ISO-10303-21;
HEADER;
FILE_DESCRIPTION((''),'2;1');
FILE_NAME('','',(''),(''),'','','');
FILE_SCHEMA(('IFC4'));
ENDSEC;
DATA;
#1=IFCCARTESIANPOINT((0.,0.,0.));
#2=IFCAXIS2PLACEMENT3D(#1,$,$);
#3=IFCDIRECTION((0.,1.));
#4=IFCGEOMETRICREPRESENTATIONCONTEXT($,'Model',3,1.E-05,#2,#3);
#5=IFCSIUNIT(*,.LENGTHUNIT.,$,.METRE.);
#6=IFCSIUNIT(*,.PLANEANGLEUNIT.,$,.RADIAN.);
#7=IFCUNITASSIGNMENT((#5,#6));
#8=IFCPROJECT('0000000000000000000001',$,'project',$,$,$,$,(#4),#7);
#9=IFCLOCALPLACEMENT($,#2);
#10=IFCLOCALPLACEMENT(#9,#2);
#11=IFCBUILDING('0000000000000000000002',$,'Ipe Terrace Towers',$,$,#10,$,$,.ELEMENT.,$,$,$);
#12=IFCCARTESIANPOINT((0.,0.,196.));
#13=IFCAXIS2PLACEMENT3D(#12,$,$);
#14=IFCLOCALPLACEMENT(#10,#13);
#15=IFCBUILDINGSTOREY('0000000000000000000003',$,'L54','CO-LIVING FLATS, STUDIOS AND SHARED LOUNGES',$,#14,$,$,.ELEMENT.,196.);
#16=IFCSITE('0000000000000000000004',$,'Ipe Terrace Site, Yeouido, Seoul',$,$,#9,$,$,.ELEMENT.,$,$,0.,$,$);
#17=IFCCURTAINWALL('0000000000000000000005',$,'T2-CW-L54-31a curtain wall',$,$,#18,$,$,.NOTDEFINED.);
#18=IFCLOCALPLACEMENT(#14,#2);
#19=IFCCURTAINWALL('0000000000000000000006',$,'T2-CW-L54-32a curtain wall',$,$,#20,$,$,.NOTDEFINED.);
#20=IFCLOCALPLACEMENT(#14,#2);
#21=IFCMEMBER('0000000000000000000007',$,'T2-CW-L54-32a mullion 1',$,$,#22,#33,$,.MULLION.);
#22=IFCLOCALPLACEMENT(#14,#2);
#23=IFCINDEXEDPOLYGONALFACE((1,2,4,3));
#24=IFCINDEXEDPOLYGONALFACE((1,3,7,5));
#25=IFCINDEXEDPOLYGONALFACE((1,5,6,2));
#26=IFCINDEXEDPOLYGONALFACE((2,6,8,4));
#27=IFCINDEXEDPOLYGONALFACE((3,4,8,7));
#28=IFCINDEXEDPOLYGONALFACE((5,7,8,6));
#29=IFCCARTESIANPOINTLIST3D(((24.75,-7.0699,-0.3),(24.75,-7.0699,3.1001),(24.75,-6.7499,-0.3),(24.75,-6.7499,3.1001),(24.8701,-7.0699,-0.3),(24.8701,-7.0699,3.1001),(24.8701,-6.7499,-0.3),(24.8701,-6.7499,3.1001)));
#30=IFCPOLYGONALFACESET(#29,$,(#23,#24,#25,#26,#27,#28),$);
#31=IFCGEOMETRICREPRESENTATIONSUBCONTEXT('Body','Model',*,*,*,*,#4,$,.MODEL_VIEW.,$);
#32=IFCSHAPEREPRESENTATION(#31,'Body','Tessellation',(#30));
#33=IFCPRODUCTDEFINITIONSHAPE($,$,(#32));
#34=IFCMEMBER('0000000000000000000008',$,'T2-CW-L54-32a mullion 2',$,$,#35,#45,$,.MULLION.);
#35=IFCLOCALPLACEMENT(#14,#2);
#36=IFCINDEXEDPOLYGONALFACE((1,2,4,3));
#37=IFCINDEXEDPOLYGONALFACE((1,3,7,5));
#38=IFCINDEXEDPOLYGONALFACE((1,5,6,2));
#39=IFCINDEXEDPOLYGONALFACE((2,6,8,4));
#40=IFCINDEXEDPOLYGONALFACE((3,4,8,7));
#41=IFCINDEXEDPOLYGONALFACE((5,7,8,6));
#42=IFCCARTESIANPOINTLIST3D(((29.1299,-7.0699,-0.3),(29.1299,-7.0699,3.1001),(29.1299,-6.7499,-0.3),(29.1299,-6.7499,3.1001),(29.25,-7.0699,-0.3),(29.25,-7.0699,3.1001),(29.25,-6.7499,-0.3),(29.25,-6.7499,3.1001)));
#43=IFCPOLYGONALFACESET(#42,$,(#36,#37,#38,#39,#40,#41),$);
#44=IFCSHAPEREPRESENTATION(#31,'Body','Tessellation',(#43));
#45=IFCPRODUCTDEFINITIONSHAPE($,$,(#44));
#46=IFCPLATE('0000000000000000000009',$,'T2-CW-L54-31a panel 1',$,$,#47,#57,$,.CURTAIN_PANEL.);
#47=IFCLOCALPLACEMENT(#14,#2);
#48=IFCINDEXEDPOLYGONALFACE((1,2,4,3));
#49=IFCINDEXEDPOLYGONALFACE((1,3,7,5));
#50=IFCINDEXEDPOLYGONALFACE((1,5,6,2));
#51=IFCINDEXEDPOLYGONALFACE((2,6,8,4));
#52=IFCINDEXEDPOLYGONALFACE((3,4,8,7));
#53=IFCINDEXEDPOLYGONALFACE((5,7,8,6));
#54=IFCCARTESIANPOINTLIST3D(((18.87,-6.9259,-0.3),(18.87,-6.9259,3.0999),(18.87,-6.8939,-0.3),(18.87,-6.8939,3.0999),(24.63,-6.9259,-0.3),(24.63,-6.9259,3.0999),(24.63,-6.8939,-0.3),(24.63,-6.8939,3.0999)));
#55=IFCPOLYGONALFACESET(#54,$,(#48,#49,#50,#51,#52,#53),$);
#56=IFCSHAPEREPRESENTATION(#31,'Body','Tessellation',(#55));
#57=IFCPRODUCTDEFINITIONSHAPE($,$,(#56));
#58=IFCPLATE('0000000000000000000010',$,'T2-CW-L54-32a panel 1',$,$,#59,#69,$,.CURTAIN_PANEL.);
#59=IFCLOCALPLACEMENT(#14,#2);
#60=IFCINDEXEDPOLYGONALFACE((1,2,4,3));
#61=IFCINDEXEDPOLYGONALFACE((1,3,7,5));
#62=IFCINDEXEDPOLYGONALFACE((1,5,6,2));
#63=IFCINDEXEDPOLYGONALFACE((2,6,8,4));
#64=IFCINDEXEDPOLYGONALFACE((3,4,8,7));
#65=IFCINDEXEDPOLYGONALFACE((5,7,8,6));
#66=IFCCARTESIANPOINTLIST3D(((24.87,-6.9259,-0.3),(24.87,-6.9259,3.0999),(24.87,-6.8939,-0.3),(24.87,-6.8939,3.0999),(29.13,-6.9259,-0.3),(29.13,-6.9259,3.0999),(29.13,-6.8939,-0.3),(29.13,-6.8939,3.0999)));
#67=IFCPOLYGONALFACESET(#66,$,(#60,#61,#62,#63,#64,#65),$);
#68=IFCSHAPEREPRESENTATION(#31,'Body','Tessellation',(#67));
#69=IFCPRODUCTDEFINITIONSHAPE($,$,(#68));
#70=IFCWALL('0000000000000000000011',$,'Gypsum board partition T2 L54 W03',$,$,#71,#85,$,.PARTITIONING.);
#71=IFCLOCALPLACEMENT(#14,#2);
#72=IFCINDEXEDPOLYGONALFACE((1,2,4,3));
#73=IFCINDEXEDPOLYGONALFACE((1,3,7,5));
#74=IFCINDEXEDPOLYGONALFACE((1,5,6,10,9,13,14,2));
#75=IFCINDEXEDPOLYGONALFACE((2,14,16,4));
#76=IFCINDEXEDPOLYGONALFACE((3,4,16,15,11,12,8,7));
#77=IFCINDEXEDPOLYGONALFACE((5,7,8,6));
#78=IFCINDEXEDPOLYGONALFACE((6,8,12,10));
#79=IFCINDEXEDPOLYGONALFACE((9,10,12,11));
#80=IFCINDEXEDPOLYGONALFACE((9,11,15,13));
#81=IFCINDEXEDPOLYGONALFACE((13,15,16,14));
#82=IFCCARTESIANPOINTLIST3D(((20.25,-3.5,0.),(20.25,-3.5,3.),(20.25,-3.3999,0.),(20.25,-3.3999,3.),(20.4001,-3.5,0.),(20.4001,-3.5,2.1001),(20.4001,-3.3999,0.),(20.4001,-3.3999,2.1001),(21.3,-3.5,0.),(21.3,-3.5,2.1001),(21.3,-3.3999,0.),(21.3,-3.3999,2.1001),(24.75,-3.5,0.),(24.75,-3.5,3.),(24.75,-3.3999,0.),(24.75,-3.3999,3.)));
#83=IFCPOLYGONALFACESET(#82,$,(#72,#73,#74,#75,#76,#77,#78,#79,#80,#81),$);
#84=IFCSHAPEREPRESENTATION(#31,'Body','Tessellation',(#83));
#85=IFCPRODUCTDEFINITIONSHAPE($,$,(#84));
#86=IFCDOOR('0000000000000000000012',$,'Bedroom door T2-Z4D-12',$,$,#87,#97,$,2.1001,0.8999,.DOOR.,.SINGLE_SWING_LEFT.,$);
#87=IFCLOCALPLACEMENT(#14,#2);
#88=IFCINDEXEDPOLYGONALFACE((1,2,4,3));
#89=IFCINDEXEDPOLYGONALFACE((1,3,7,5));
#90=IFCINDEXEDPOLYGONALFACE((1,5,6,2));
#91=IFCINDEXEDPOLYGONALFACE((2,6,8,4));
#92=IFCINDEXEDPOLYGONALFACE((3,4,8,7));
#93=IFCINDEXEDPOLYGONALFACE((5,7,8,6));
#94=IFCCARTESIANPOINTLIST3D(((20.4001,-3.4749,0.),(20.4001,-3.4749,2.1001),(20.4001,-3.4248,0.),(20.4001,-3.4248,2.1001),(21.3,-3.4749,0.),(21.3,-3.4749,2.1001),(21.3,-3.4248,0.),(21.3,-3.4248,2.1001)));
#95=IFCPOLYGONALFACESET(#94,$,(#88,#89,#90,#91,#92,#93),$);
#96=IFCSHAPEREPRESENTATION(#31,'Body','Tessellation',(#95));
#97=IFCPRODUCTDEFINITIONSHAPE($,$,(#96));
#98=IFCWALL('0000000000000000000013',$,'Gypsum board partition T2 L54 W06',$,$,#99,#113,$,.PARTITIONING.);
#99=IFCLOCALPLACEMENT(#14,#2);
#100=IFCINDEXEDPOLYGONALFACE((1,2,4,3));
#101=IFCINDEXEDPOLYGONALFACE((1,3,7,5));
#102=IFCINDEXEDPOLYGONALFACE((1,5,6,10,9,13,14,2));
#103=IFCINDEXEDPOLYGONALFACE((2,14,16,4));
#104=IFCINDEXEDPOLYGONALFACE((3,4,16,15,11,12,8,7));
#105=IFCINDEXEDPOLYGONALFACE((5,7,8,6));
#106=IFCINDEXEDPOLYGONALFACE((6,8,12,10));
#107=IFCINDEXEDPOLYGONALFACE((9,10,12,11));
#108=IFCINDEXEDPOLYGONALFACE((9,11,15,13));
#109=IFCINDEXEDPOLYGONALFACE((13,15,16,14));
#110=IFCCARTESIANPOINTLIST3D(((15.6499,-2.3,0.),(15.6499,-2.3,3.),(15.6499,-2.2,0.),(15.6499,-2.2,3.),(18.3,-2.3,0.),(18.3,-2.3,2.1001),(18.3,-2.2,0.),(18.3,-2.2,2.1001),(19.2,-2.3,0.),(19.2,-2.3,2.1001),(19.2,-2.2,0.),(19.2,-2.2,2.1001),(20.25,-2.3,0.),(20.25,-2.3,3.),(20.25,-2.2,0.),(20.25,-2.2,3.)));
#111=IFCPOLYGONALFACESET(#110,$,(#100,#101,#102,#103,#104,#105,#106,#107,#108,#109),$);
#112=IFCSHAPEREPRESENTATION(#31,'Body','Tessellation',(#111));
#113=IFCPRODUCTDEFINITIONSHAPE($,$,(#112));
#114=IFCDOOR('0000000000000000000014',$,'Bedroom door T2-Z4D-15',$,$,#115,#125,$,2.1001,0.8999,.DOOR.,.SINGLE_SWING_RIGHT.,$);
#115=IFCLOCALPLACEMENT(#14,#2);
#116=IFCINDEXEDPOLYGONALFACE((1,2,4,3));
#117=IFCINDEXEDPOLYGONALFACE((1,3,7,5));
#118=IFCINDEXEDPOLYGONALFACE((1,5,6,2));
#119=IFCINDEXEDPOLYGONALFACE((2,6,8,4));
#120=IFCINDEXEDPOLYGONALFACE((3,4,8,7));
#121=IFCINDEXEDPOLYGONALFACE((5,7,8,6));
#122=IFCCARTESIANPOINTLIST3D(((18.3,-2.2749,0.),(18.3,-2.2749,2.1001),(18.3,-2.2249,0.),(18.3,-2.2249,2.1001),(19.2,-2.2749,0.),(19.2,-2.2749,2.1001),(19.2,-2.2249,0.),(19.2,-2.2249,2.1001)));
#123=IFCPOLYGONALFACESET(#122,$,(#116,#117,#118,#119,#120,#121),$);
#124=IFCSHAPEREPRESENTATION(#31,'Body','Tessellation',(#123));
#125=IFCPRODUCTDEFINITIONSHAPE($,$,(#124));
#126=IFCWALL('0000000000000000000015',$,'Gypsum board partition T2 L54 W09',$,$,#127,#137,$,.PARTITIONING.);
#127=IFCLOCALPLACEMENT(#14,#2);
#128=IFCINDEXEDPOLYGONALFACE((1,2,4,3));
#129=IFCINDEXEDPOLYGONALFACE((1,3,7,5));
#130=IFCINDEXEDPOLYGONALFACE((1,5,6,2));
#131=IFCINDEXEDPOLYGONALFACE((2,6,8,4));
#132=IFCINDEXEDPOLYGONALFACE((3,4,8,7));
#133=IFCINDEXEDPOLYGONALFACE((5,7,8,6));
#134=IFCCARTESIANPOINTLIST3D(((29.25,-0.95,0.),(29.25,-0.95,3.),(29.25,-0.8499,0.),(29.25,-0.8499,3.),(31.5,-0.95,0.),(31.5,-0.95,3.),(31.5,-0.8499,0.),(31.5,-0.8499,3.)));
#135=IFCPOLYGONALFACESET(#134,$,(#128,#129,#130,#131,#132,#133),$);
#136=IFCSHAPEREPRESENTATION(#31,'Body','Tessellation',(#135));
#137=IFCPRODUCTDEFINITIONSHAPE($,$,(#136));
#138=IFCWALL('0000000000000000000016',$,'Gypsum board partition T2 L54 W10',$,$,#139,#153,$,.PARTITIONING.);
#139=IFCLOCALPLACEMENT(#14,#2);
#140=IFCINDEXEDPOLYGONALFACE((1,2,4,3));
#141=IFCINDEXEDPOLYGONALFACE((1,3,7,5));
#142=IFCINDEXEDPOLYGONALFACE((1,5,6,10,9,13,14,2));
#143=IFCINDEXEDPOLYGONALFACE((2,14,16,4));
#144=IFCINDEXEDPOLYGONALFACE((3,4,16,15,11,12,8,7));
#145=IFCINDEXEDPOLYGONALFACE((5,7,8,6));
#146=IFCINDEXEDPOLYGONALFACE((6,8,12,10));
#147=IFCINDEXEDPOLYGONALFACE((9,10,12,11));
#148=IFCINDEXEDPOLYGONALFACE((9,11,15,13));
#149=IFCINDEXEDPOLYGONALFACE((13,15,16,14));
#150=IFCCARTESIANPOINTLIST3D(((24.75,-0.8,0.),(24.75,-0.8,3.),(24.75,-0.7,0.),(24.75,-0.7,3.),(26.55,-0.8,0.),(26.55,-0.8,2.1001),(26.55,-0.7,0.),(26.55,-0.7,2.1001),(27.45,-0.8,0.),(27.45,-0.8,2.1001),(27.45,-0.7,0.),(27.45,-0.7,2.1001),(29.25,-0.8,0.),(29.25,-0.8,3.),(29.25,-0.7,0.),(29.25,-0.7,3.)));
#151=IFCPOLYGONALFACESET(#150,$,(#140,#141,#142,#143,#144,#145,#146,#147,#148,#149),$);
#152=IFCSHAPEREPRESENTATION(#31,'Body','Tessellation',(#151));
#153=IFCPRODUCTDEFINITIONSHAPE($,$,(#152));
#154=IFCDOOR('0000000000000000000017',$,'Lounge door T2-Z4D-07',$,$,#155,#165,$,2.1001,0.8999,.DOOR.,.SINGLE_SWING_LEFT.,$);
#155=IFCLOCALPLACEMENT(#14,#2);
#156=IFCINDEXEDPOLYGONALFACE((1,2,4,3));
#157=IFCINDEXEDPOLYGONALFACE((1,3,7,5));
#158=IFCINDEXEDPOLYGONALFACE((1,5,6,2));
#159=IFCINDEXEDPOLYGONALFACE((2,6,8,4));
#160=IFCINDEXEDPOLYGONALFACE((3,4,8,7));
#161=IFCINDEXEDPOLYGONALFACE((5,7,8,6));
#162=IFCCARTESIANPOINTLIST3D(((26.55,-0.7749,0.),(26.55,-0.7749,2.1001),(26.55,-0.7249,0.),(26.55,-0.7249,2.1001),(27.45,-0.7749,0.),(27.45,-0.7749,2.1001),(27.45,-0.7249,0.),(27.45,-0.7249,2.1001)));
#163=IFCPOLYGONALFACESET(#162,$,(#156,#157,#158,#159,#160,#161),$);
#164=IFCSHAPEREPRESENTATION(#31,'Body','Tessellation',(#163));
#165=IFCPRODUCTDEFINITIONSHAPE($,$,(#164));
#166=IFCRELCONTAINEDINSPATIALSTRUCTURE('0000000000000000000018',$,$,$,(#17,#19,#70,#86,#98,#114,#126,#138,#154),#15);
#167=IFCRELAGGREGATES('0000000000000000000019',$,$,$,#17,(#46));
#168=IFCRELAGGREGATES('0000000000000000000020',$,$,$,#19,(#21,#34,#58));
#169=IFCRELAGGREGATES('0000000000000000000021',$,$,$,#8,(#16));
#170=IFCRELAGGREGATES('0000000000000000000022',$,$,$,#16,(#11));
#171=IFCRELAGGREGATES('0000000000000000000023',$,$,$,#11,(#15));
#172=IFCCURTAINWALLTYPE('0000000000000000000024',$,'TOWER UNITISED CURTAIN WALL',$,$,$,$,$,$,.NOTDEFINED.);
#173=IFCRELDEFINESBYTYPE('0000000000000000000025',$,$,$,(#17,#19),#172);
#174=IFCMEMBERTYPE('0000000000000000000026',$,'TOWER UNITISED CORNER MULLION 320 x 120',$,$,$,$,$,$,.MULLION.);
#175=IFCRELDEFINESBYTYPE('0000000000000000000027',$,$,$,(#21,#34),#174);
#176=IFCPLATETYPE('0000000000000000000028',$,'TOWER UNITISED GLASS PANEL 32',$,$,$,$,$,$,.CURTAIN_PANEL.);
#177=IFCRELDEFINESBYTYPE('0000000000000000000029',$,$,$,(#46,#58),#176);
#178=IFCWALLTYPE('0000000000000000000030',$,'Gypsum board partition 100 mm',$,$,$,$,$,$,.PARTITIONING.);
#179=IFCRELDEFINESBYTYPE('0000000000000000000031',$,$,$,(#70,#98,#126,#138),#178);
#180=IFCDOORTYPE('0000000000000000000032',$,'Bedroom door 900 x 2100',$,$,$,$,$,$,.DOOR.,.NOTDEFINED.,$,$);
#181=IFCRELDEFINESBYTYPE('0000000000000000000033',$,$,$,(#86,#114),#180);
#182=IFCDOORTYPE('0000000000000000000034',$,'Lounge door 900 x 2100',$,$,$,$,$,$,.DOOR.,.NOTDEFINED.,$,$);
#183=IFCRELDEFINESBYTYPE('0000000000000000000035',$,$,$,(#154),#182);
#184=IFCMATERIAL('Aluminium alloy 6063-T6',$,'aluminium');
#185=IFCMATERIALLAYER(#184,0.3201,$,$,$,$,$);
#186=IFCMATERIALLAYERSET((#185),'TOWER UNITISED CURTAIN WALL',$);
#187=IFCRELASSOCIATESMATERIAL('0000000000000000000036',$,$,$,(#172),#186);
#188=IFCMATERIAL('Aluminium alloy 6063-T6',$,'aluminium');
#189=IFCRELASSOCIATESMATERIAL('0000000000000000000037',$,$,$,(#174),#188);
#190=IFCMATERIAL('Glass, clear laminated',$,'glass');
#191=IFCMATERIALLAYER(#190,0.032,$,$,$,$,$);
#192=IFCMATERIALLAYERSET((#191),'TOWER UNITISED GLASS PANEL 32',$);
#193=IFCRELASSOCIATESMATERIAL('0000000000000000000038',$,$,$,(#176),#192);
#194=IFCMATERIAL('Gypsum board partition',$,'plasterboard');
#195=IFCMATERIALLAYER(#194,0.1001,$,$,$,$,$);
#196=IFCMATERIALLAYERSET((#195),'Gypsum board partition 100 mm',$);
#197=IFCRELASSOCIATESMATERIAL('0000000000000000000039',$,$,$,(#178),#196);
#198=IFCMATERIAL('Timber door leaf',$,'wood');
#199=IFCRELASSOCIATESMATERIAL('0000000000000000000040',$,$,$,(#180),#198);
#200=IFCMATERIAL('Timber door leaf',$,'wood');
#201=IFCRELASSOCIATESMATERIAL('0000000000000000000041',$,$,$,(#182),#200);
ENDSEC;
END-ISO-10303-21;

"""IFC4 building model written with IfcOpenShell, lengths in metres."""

from ifc_helpers import new_model, si_unit, direction, frame, frame_2d, origin, origin_2d, place, context, subcontext, project, spatial, rectangle, extrude, material, layer, layer_set, material_profile, profile_set, type_object, element, fill, aggregate, save


model = new_model("IFC4")

# Units and contexts
model_context = context("Model", 3, precision=1e-05, world=origin(), true_north=direction((0.0, 1.0)))
body_context = subcontext(model_context, "Body", "Model", "MODEL_VIEW")
ifc_project = project(units=[si_unit("LENGTHUNIT", "METRE"), si_unit("PLANEANGLEUNIT", "RADIAN")], contexts=[model_context])

# Site, building, storey
site_placement = place(None, origin())
site = spatial("IfcSite", under=ifc_project, at=site_placement, Name="Ipe Terrace Site, Yeouido, Seoul", CompositionType="ELEMENT", RefElevation=0.0)
building_placement = place(site_placement, origin())
building = spatial("IfcBuilding", under=site, at=building_placement, Name="Ipe Terrace Towers", CompositionType="ELEMENT")
storey_placement = place(building_placement, frame((0.0, 0.0, 196.0)))
storey = spatial("IfcBuildingStorey", under=building, at=storey_placement, Name="L54", Description="CO-LIVING FLATS, STUDIOS AND SHARED LOUNGES", CompositionType="ELEMENT", Elevation=196.0)

# Curtain wall
ifc_material_1 = material(Name="Aluminium alloy 6063-T6", Category="aluminium")
ifc_layer_1 = layer(ifc_material_1, 0.3201)
ifc_layer_set_1 = layer_set([ifc_layer_1], Name="TOWER UNITISED CURTAIN WALL")
curtain_wall_type = type_object("IfcCurtainWallType", Name="TOWER UNITISED CURTAIN WALL", PredefinedType="NOTDEFINED", material=ifc_layer_set_1)
curtain_wall_1_placement = place(storey_placement, origin())
curtain_wall_1 = element("IfcCurtainWall", 1, at=curtain_wall_1_placement, inside=storey, type_object=curtain_wall_type, Name="T2-CW-L54-31a curtain wall", PredefinedType="NOTDEFINED")
ifc_material_2 = material(Name="Aluminium alloy 6063-T6", Category="aluminium")
ifc_material_profile_1 = material_profile(ifc_material_2, rectangle(XDim=0.3201, YDim=0.1201, at=origin_2d()), Name="TOWER UNITISED CORNER MULLION 320 x 120")
ifc_profile_set_1 = profile_set([ifc_material_profile_1], Name="Aluminium alloy 6063-T6")
member_type = type_object("IfcMemberType", Name="TOWER UNITISED CORNER MULLION 320 x 120", PredefinedType="MULLION", material=ifc_profile_set_1)

# Curtain wall, members
curtain_wall_2_placement = place(storey_placement, origin())
curtain_wall_2 = element("IfcCurtainWall", 2, at=curtain_wall_2_placement, inside=storey, type_object=curtain_wall_type, Name="T2-CW-L54-32a curtain wall", PredefinedType="NOTDEFINED")
member_1_placement = place(storey_placement, frame((24.8101, -6.9099, -0.3), z_axis=(0.0, 0.0, 1.0), x_axis=(0.0, -1.0, 0.0)))
member_1 = element("IfcMember", 3, at=member_1_placement, type_object=member_type, Name="T2-CW-L54-32a mullion 1", PredefinedType="MULLION", context=body_context, shape_type="SweptSolid", body=[
    extrude(rectangle(XDim=0.3201, YDim=0.1201, at=origin_2d()), origin(), (0.0, 0.0, 1.0), 3.4001),
])
member_2_placement = place(storey_placement, frame((29.1899, -6.9099, -0.3), z_axis=(0.0, 0.0, 1.0), x_axis=(0.0, -1.0, 0.0)))
member_2 = element("IfcMember", 4, at=member_2_placement, type_object=member_type, Name="T2-CW-L54-32a mullion 2", PredefinedType="MULLION", context=body_context, shape_type="SweptSolid", body=[
    extrude(rectangle(XDim=0.3201, YDim=0.1201, at=origin_2d()), origin(), (0.0, 0.0, 1.0), 3.4001),
])

# Plates
ifc_material_3 = material(Name="Glass, clear laminated", Category="glass")
ifc_layer_2 = layer(ifc_material_3, 0.032)
ifc_layer_set_2 = layer_set([ifc_layer_2], Name="TOWER UNITISED GLASS PANEL 32")
plate_type = type_object("IfcPlateType", Name="TOWER UNITISED GLASS PANEL 32", PredefinedType="CURTAIN_PANEL", material=ifc_layer_set_2)
plate_1_placement = place(storey_placement, frame((21.75, -6.9099, -0.3), z_axis=(0.0, 0.0, 1.0), x_axis=(1.0, 0.0, 0.0)))
plate_1 = element("IfcPlate", 5, at=plate_1_placement, type_object=plate_type, Name="T2-CW-L54-31a panel 1", PredefinedType="CURTAIN_PANEL", context=body_context, shape_type="SweptSolid", body=[
    extrude(rectangle(XDim=5.76, YDim=0.032, at=origin_2d()), origin(), (0.0, 0.0, 1.0), 3.3999),
])
aggregate(curtain_wall_1, [plate_1])
plate_2_placement = place(storey_placement, frame((27.0, -6.9099, -0.3), z_axis=(0.0, 0.0, 1.0), x_axis=(1.0, 0.0, 0.0)))
plate_2 = element("IfcPlate", 6, at=plate_2_placement, type_object=plate_type, Name="T2-CW-L54-32a panel 1", PredefinedType="CURTAIN_PANEL", context=body_context, shape_type="SweptSolid", body=[
    extrude(rectangle(XDim=4.26, YDim=0.032, at=origin_2d()), origin(), (0.0, 0.0, 1.0), 3.3999),
])
aggregate(curtain_wall_2, [member_1, member_2, plate_2])

# Walls, openings, doors
ifc_material_4 = material(Name="Gypsum board partition", Category="plasterboard")
ifc_layer_3 = layer(ifc_material_4, 0.1001)
ifc_layer_set_3 = layer_set([ifc_layer_3], Name="Gypsum board partition 100 mm")
wall_type_1 = type_object("IfcWallType", Name="Gypsum board partition 100 mm", PredefinedType="PARTITIONING", material=ifc_layer_set_3)
wall_1_placement = place(storey_placement, frame((24.75, -3.45, 0.0), z_axis=(0.0, 0.0, 1.0), x_axis=(-1.0, 0.0, 0.0)))
wall_1 = element("IfcWall", 7, at=wall_1_placement, inside=storey, type_object=wall_type_1, Name="Gypsum board partition T2 L54 W03", PredefinedType="PARTITIONING", context=body_context, shape_type="SweptSolid", body=[
    extrude(rectangle(XDim=4.5, YDim=0.1001, at=frame_2d((2.25, 0.0))), origin(), (0.0, 0.0, 1.0), 3.0),
])
opening_1_placement = place(wall_1_placement, frame((3.45, 0.0, 0.0)))
opening_1 = element("IfcOpeningElement", 8, at=opening_1_placement, cuts=wall_1, PredefinedType="OPENING", context=body_context, shape_type="SweptSolid", body=[
    extrude(rectangle(XDim=0.8999, YDim=2.1001, at=frame_2d((0.45, 1.05))), frame((0.0, 0.0601, 0.0), z_axis=(0.0, -1.0, 0.0), x_axis=(1.0, 0.0, 0.0)), (0.0, 0.0, 1.0), 0.1201),
])
ifc_material_5 = material(Name="Timber door leaf", Category="wood")
door_type_1 = type_object("IfcDoorType", Name="Bedroom door 900 x 2100", OperationType="NOTDEFINED", PredefinedType="DOOR", material=ifc_material_5)
door_1_placement = place(opening_1_placement, origin())
door_1 = element("IfcDoor", 9, at=door_1_placement, inside=storey, type_object=door_type_1, Name="Bedroom door T2-Z4D-12", OperationType="SINGLE_SWING_LEFT", OverallHeight=2.1001, OverallWidth=0.8999, PredefinedType="DOOR", context=body_context, shape_type="SweptSolid", body=[
    extrude(rectangle(XDim=0.8999, YDim=2.1001, at=frame_2d((0.45, 1.05))), frame((0.0, 0.0249, 0.0), z_axis=(0.0, -1.0, 0.0), x_axis=(1.0, 0.0, 0.0)), (0.0, 0.0, 1.0), 0.05),
])
fill(opening_1, door_1)
wall_2_placement = place(storey_placement, frame((20.25, -2.25, 0.0), z_axis=(0.0, 0.0, 1.0), x_axis=(-1.0, 0.0, 0.0)))
wall_2 = element("IfcWall", 10, at=wall_2_placement, inside=storey, type_object=wall_type_1, Name="Gypsum board partition T2 L54 W06", PredefinedType="PARTITIONING", context=body_context, shape_type="SweptSolid", body=[
    extrude(rectangle(XDim=4.6001, YDim=0.1001, at=frame_2d((2.3, 0.0))), origin(), (0.0, 0.0, 1.0), 3.0),
])
opening_2_placement = place(wall_2_placement, frame((1.05, 0.0, 0.0)))
opening_2 = element("IfcOpeningElement", 11, at=opening_2_placement, cuts=wall_2, PredefinedType="OPENING", context=body_context, shape_type="SweptSolid", body=[
    extrude(rectangle(XDim=0.8999, YDim=2.1001, at=frame_2d((0.45, 1.05))), frame((0.0, 0.0601, 0.0), z_axis=(0.0, -1.0, 0.0), x_axis=(1.0, 0.0, 0.0)), (0.0, 0.0, 1.0), 0.1201),
])
door_2_placement = place(opening_2_placement, origin())
door_2 = element("IfcDoor", 12, at=door_2_placement, inside=storey, type_object=door_type_1, Name="Bedroom door T2-Z4D-15", OperationType="SINGLE_SWING_RIGHT", OverallHeight=2.1001, OverallWidth=0.8999, PredefinedType="DOOR", context=body_context, shape_type="SweptSolid", body=[
    extrude(rectangle(XDim=0.8999, YDim=2.1001, at=frame_2d((0.45, 1.05))), frame((0.0, 0.0249, 0.0), z_axis=(0.0, -1.0, 0.0), x_axis=(1.0, 0.0, 0.0)), (0.0, 0.0, 1.0), 0.05),
])
fill(opening_2, door_2)

# Wall
wall_3_placement = place(storey_placement, frame((31.5, -0.8999, 0.0), z_axis=(0.0, 0.0, 1.0), x_axis=(-1.0, 0.0, 0.0)))
element("IfcWall", 13, at=wall_3_placement, inside=storey, type_object=wall_type_1, Name="Gypsum board partition T2 L54 W09", PredefinedType="PARTITIONING", context=body_context, shape_type="SweptSolid", body=[
    extrude(rectangle(XDim=2.25, YDim=0.1001, at=frame_2d((1.125, 0.0))), origin(), (0.0, 0.0, 1.0), 3.0),
])

# Wall, opening, door
wall_4_placement = place(storey_placement, frame((29.25, -0.75, 0.0), z_axis=(0.0, 0.0, 1.0), x_axis=(-1.0, 0.0, 0.0)))
wall_4 = element("IfcWall", 14, at=wall_4_placement, inside=storey, type_object=wall_type_1, Name="Gypsum board partition T2 L54 W10", PredefinedType="PARTITIONING", context=body_context, shape_type="SweptSolid", body=[
    extrude(rectangle(XDim=4.5, YDim=0.1001, at=frame_2d((2.25, 0.0))), origin(), (0.0, 0.0, 1.0), 3.0),
])
opening_3_placement = place(wall_4_placement, frame((1.8, 0.0, 0.0)))
opening_3 = element("IfcOpeningElement", 15, at=opening_3_placement, cuts=wall_4, PredefinedType="OPENING", context=body_context, shape_type="SweptSolid", body=[
    extrude(rectangle(XDim=0.8999, YDim=2.1001, at=frame_2d((0.45, 1.05))), frame((0.0, 0.0601, 0.0), z_axis=(0.0, -1.0, 0.0), x_axis=(1.0, 0.0, 0.0)), (0.0, 0.0, 1.0), 0.1201),
])
ifc_material_6 = material(Name="Timber door leaf", Category="wood")
door_type_2 = type_object("IfcDoorType", Name="Lounge door 900 x 2100", OperationType="NOTDEFINED", PredefinedType="DOOR", material=ifc_material_6)
door_3_placement = place(opening_3_placement, origin())
door_3 = element("IfcDoor", 16, at=door_3_placement, inside=storey, type_object=door_type_2, Name="Lounge door T2-Z4D-07", OperationType="SINGLE_SWING_LEFT", OverallHeight=2.1001, OverallWidth=0.8999, PredefinedType="DOOR", context=body_context, shape_type="SweptSolid", body=[
    extrude(rectangle(XDim=0.8999, YDim=2.1001, at=frame_2d((0.45, 1.05))), frame((0.0, 0.0249, 0.0), z_axis=(0.0, -1.0, 0.0), x_axis=(1.0, 0.0, 0.0)), (0.0, 0.0, 1.0), 0.05),
])
fill(opening_3, door_3)

save(model, "model.ifc")
